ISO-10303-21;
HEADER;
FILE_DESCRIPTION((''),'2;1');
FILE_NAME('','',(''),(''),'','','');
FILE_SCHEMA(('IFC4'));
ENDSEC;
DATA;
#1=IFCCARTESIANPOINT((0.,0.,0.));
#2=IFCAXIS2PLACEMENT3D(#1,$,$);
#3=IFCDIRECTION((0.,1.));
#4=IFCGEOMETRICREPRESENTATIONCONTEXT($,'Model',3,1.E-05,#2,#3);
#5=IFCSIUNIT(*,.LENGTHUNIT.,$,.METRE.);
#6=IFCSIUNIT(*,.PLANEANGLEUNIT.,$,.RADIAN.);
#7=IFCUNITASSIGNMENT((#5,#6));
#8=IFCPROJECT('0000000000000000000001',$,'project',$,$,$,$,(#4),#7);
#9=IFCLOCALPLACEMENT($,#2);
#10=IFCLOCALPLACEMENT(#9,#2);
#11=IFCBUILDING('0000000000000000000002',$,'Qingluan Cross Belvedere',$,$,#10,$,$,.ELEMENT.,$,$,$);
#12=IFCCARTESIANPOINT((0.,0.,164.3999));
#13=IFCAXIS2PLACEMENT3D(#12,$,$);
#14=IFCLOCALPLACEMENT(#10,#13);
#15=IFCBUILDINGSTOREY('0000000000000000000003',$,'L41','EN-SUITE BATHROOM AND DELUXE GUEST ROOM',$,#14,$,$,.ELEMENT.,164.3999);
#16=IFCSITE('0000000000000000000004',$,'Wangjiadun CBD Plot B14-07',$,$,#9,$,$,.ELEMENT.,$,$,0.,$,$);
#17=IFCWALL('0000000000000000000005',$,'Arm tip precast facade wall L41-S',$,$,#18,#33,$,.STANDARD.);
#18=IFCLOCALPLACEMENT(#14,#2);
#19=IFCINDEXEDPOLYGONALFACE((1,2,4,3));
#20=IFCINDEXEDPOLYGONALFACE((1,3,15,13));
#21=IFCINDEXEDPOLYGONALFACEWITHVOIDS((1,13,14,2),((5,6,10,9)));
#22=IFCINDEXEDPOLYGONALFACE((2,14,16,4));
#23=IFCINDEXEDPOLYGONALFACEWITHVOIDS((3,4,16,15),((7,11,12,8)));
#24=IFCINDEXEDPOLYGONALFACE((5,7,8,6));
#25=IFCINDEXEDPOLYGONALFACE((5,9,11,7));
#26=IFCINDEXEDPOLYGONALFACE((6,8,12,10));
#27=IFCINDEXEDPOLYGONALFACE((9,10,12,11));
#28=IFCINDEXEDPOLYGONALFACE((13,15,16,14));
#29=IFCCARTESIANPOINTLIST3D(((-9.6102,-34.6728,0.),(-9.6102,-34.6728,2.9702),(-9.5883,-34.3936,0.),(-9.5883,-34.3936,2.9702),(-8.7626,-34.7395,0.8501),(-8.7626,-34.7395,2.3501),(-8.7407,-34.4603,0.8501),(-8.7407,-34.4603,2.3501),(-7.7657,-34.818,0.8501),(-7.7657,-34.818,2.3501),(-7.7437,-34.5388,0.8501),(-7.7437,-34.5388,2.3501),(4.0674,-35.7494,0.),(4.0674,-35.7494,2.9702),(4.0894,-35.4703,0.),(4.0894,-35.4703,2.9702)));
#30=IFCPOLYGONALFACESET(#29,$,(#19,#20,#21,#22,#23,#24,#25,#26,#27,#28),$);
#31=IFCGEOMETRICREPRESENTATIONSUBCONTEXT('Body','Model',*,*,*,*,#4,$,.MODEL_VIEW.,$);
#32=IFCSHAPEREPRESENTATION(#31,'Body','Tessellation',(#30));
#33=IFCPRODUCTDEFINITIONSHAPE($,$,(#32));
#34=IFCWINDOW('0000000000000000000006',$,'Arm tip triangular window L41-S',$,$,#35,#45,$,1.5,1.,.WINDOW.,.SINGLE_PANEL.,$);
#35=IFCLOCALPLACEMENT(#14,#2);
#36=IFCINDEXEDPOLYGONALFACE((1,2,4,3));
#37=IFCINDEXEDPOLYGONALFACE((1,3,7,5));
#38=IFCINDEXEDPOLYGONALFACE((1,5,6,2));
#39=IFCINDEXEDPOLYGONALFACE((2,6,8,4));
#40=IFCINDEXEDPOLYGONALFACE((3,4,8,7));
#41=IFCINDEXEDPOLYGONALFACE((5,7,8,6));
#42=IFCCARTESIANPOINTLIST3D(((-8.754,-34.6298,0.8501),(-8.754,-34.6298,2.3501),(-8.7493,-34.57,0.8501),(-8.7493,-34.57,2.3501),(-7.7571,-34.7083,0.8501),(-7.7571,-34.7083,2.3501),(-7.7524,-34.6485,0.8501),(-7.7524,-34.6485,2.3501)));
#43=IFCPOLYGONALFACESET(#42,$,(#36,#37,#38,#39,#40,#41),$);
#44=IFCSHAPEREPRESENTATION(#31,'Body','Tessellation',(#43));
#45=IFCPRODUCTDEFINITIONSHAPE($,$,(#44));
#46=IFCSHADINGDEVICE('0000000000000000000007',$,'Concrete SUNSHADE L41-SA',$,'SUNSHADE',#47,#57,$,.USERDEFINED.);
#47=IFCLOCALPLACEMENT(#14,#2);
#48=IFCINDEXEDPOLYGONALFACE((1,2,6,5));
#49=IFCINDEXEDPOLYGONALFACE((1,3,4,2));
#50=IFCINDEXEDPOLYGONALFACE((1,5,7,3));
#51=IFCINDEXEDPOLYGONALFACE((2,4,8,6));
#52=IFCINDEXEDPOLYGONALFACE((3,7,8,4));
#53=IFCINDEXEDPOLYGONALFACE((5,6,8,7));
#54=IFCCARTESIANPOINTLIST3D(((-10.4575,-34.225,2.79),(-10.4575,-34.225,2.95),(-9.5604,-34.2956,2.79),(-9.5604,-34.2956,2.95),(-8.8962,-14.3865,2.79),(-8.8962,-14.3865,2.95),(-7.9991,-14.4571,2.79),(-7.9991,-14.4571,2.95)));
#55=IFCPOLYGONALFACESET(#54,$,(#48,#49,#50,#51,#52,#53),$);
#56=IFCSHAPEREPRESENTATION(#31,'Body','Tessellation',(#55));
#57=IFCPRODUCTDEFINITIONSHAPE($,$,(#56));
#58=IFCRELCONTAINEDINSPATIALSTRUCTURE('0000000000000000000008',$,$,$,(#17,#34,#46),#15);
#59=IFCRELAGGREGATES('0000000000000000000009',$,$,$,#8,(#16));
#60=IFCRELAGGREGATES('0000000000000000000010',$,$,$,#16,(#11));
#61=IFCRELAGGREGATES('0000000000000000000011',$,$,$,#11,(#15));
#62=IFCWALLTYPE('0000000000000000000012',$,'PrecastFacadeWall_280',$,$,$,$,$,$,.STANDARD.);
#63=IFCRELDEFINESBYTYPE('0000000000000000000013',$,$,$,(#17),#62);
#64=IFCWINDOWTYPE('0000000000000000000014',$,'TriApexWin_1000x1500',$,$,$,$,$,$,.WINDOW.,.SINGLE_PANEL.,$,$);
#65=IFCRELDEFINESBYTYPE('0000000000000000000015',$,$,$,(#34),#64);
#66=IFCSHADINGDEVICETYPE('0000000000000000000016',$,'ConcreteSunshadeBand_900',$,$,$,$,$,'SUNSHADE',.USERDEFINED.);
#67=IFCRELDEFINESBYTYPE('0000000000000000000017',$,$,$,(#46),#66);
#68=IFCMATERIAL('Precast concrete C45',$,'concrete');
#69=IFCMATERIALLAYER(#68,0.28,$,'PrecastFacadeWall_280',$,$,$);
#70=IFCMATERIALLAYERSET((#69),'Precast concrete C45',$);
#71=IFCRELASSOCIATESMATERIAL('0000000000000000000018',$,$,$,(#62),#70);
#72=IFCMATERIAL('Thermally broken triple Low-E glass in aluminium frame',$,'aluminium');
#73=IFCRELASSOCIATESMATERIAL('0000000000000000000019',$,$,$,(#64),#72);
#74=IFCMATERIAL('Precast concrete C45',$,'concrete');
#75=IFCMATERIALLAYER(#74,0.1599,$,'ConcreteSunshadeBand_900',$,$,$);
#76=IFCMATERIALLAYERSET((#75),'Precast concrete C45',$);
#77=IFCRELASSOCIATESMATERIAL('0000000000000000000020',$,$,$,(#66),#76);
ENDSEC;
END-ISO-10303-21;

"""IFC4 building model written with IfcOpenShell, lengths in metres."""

from ifc_helpers import new_model, si_unit, direction, frame, frame_2d, origin, origin_2d, place, context, subcontext, project, spatial, rectangle, extrude, material, layer, layer_set, type_object, element, fill, save


model = new_model("IFC4")

# Units and contexts
model_context = context("Model", 3, precision=1e-05, world=origin(), true_north=direction((0.0, 1.0)))
body_context = subcontext(model_context, "Body", "Model", "MODEL_VIEW")
ifc_project = project(units=[si_unit("LENGTHUNIT", "METRE"), si_unit("PLANEANGLEUNIT", "RADIAN")], contexts=[model_context])

# Site, building, storey
site_placement = place(None, origin())
site = spatial("IfcSite", under=ifc_project, at=site_placement, Name="Wangjiadun CBD Plot B14-07", CompositionType="ELEMENT", RefElevation=0.0)
building_placement = place(site_placement, origin())
building = spatial("IfcBuilding", under=site, at=building_placement, Name="Qingluan Cross Belvedere", CompositionType="ELEMENT")
storey_placement = place(building_placement, frame((0.0, 0.0, 164.3999)))
storey = spatial("IfcBuildingStorey", under=building, at=storey_placement, Name="L41", Description="EN-SUITE BATHROOM AND DELUXE GUEST ROOM", CompositionType="ELEMENT", Elevation=164.3999)

# Shared definitions
ifc_material_1 = material(Name="Precast concrete C45", Category="concrete")
ifc_layer_1 = layer(ifc_material_1, 0.28, Name="PrecastFacadeWall_280")
ifc_layer_set_1 = layer_set([ifc_layer_1], Name="Precast concrete C45")
wall_type_1 = type_object("IfcWallType", Name="PrecastFacadeWall_280", PredefinedType="STANDARD", material=ifc_layer_set_1)

# Wall, opening, window
wall_1_placement = place(storey_placement, frame((-9.5991, -34.5332, 0.0), z_axis=(0.0, 0.0, 1.0), x_axis=(0.996916, -0.078474, 0.0)))
wall_1 = element("IfcWall", 1, at=wall_1_placement, inside=storey, type_object=wall_type_1, Name="Arm tip precast facade wall L41-S", PredefinedType="STANDARD", context=body_context, shape_type="SweptSolid", body=[
    extrude(rectangle(XDim=13.72, YDim=0.28, at=frame_2d((6.8599, 0.0))), origin(), (0.0, 0.0, 1.0), 2.9702),
])
opening_1_placement = place(wall_1_placement, frame((0.8501, 0.0, 0.8501)))
opening_1 = element("IfcOpeningElement", 2, at=opening_1_placement, cuts=wall_1, PredefinedType="OPENING", context=body_context, shape_type="SweptSolid", body=[
    extrude(rectangle(XDim=1.0, YDim=1.5, at=frame_2d((0.5, 0.75))), frame((0.0, 0.1499, 0.0), z_axis=(0.0, -1.0, 0.0), x_axis=(1.0, 0.0, 0.0)), (0.0, 0.0, 1.0), 0.3),
])
ifc_material_2 = material(Name="Thermally broken triple Low-E glass in aluminium frame", Category="aluminium")
window_type_1 = type_object("IfcWindowType", Name="TriApexWin_1000x1500", PartitioningType="SINGLE_PANEL", PredefinedType="WINDOW", material=ifc_material_2)
window_1_placement = place(opening_1_placement, origin())
window_1 = element("IfcWindow", 3, at=window_1_placement, inside=storey, type_object=window_type_1, Name="Arm tip triangular window L41-S", OverallHeight=1.5, OverallWidth=1.0, PartitioningType="SINGLE_PANEL", PredefinedType="WINDOW", context=body_context, shape_type="SweptSolid", body=[
    extrude(rectangle(XDim=1.0, YDim=1.5, at=frame_2d((0.5, 0.75))), frame((0.0, 0.03, 0.0), z_axis=(0.0, -1.0, 0.0), x_axis=(1.0, 0.0, 0.0)), (0.0, 0.0, 1.0), 0.0601),
])
fill(opening_1, window_1)

# Shading device
ifc_material_3 = material(Name="Precast concrete C45", Category="concrete")
ifc_layer_2 = layer(ifc_material_3, 0.1599, Name="ConcreteSunshadeBand_900")
ifc_layer_set_2 = layer_set([ifc_layer_2], Name="Precast concrete C45")
shading_device_type = type_object("IfcShadingDeviceType", Name="ConcreteSunshadeBand_900", ElementType="SUNSHADE", PredefinedType="USERDEFINED", material=ifc_layer_set_2)
shading_device_placement = place(storey_placement, frame((-9.2283, -24.3411, 2.79), z_axis=(0.0, 0.0, 1.0), x_axis=(-0.078458, -0.996917, 0.0)))
element("IfcShadingDevice", 4, at=shading_device_placement, inside=storey, type_object=shading_device_type, Name="Concrete SUNSHADE L41-SA", ObjectType="SUNSHADE", PredefinedType="USERDEFINED", context=body_context, shape_type="SweptSolid", body=[
    extrude(rectangle(XDim=19.8999, YDim=0.8999, at=origin_2d()), origin(), (0.0, 0.0, 1.0), 0.1599),
])

save(model, "model.ifc")
